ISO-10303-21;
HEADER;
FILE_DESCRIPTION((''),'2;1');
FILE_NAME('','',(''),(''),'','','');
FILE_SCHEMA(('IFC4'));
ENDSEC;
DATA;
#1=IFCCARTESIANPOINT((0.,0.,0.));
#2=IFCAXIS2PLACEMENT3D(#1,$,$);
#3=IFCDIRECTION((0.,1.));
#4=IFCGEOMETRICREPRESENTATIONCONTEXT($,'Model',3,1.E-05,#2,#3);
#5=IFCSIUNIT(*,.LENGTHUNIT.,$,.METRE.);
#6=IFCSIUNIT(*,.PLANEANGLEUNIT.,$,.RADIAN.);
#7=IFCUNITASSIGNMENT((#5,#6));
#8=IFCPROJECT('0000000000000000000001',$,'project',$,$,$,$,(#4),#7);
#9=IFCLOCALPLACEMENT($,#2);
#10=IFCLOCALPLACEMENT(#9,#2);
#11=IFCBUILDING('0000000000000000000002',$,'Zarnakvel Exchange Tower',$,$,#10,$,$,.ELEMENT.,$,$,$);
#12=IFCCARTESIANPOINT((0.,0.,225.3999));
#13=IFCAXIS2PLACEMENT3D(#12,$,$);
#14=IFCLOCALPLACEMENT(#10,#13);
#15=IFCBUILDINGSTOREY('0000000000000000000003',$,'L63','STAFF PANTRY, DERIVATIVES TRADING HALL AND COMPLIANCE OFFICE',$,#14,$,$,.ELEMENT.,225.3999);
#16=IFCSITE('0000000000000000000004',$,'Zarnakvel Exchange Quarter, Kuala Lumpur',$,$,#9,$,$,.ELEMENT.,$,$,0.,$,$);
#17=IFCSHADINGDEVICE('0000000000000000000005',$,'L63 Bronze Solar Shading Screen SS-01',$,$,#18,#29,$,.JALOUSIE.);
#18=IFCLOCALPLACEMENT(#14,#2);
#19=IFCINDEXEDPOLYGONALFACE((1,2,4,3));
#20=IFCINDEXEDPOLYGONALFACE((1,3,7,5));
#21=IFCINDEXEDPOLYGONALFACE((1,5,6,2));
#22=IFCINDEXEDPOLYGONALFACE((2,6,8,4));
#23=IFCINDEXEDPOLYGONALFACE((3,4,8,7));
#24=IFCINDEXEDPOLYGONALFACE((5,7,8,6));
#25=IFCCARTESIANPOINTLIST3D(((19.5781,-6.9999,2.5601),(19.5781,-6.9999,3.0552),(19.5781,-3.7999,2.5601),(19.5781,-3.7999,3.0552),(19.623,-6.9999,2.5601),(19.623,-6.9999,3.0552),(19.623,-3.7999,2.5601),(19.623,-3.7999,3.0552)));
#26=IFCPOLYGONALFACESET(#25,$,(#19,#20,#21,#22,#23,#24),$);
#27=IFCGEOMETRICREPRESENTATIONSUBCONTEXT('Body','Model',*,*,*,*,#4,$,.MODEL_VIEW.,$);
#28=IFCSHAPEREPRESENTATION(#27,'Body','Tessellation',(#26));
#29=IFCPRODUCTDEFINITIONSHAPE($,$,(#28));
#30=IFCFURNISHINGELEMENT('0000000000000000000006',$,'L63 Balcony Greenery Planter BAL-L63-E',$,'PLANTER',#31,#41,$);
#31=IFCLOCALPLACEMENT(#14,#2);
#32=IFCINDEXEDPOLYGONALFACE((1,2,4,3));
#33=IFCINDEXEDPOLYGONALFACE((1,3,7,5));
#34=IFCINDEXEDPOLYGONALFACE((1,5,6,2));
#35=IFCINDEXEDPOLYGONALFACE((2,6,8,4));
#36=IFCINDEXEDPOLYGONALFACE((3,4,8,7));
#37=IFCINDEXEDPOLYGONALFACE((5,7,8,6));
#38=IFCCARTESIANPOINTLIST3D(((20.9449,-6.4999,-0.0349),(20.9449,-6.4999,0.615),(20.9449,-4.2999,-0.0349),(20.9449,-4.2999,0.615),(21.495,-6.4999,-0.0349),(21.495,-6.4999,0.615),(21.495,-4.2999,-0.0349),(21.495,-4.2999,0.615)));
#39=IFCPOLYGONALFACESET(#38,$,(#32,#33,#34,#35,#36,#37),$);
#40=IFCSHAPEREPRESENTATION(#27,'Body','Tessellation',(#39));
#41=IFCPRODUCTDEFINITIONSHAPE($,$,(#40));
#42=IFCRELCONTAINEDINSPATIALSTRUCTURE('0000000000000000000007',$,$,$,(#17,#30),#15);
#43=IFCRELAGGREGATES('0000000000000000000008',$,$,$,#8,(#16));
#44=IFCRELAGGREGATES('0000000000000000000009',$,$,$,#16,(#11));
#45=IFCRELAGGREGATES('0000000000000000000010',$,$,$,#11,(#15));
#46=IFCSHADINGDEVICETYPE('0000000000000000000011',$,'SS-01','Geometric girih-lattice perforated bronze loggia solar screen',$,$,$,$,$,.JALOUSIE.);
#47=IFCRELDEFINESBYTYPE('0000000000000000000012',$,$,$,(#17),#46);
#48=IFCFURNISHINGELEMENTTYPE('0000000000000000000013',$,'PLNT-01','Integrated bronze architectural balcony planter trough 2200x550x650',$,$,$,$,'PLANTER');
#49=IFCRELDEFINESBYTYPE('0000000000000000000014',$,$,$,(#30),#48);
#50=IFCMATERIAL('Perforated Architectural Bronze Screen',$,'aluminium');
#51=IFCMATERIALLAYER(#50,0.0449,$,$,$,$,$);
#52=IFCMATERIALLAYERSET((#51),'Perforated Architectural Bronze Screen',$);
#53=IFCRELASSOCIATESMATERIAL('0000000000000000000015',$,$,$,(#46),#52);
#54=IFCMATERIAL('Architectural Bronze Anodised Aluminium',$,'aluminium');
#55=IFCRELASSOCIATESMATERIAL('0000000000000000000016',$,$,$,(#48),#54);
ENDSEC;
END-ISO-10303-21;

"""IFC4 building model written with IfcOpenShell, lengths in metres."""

from ifc_helpers import new_model, si_unit, direction, frame, origin, origin_2d, place, context, subcontext, project, spatial, rectangle, extrude, source, transform, mapped, material, layer, layer_set, type_object, element, save


model = new_model("IFC4")

# Units and contexts
model_context = context("Model", 3, precision=1e-05, world=origin(), true_north=direction((0.0, 1.0)))
body_context = subcontext(model_context, "Body", "Model", "MODEL_VIEW")
ifc_project = project(units=[si_unit("LENGTHUNIT", "METRE"), si_unit("PLANEANGLEUNIT", "RADIAN")], contexts=[model_context])

# Site, building, storey
site_placement = place(None, origin())
site = spatial("IfcSite", under=ifc_project, at=site_placement, Name="Zarnakvel Exchange Quarter, Kuala Lumpur", CompositionType="ELEMENT", RefElevation=0.0)
building_placement = place(site_placement, origin())
building = spatial("IfcBuilding", under=site, at=building_placement, Name="Zarnakvel Exchange Tower", CompositionType="ELEMENT")
storey_placement = place(building_placement, frame((0.0, 0.0, 225.3999)))
storey = spatial("IfcBuildingStorey", under=building, at=storey_placement, Name="L63", Description="STAFF PANTRY, DERIVATIVES TRADING HALL AND COMPLIANCE OFFICE", CompositionType="ELEMENT", Elevation=225.3999)

# Shared definitions
ifc_material_1 = material(Name="Architectural Bronze Anodised Aluminium", Category="aluminium")

# Shading device
ifc_material_2 = material(Name="Perforated Architectural Bronze Screen", Category="aluminium")
ifc_layer_1 = layer(ifc_material_2, 0.0449)
ifc_layer_set_1 = layer_set([ifc_layer_1], Name="Perforated Architectural Bronze Screen")
shading_device_type = type_object("IfcShadingDeviceType", Name="SS-01", Description="Geometric girih-lattice perforated bronze loggia solar screen", PredefinedType="JALOUSIE", material=ifc_layer_set_1)
shared_shape_1 = source(origin(), body_context, "Body", "SweptSolid", [
    extrude(rectangle(XDim=3.2, YDim=0.0449, at=origin_2d()), origin(), (0.0, 0.0, 1.0), 0.4951),
])
shading_device_placement = place(storey_placement, frame((19.6006, -5.3999, 2.5601), z_axis=(0.0, 0.0, 1.0), x_axis=(0.0, -1.0, 0.0)))
element("IfcShadingDevice", 1, at=shading_device_placement, inside=storey, type_object=shading_device_type, Name="L63 Bronze Solar Shading Screen SS-01", PredefinedType="JALOUSIE", context=body_context, shape_type="MappedRepresentation", body=[
    mapped(shared_shape_1, transform((0.0, 0.0, 0.0), x_axis=(1.0, 0.0, 0.0), y_axis=(0.0, 1.0, 0.0), z_axis=(0.0, 0.0, 1.0), scale=1.0)),
])

# Furnishing element
furnishing_element_type = type_object("IfcFurnishingElementType", Name="PLNT-01", Description="Integrated bronze architectural balcony planter trough 2200x550x650", ElementType="PLANTER", material=ifc_material_1)
shared_shape_2 = source(origin(), body_context, "Body", "SweptSolid", [
    extrude(rectangle(XDim=2.2, YDim=0.55, at=origin_2d()), origin(), (0.0, 0.0, 1.0), 0.6499),
])
furnishing_placement = place(storey_placement, frame((21.22, -5.3999, -0.0349), z_axis=(0.0, 0.0, 1.0), x_axis=(0.0, 1.0, 0.0)))
element("IfcFurnishingElement", 2, at=furnishing_placement, inside=storey, type_object=furnishing_element_type, Name="L63 Balcony Greenery Planter BAL-L63-E", ObjectType="PLANTER", context=body_context, shape_type="MappedRepresentation", body=[
    mapped(shared_shape_2, transform((0.0, 0.0, 0.0), x_axis=(1.0, 0.0, 0.0), y_axis=(0.0, 1.0, 0.0), z_axis=(0.0, 0.0, 1.0), scale=1.0)),
])

save(model, "model.ifc")
